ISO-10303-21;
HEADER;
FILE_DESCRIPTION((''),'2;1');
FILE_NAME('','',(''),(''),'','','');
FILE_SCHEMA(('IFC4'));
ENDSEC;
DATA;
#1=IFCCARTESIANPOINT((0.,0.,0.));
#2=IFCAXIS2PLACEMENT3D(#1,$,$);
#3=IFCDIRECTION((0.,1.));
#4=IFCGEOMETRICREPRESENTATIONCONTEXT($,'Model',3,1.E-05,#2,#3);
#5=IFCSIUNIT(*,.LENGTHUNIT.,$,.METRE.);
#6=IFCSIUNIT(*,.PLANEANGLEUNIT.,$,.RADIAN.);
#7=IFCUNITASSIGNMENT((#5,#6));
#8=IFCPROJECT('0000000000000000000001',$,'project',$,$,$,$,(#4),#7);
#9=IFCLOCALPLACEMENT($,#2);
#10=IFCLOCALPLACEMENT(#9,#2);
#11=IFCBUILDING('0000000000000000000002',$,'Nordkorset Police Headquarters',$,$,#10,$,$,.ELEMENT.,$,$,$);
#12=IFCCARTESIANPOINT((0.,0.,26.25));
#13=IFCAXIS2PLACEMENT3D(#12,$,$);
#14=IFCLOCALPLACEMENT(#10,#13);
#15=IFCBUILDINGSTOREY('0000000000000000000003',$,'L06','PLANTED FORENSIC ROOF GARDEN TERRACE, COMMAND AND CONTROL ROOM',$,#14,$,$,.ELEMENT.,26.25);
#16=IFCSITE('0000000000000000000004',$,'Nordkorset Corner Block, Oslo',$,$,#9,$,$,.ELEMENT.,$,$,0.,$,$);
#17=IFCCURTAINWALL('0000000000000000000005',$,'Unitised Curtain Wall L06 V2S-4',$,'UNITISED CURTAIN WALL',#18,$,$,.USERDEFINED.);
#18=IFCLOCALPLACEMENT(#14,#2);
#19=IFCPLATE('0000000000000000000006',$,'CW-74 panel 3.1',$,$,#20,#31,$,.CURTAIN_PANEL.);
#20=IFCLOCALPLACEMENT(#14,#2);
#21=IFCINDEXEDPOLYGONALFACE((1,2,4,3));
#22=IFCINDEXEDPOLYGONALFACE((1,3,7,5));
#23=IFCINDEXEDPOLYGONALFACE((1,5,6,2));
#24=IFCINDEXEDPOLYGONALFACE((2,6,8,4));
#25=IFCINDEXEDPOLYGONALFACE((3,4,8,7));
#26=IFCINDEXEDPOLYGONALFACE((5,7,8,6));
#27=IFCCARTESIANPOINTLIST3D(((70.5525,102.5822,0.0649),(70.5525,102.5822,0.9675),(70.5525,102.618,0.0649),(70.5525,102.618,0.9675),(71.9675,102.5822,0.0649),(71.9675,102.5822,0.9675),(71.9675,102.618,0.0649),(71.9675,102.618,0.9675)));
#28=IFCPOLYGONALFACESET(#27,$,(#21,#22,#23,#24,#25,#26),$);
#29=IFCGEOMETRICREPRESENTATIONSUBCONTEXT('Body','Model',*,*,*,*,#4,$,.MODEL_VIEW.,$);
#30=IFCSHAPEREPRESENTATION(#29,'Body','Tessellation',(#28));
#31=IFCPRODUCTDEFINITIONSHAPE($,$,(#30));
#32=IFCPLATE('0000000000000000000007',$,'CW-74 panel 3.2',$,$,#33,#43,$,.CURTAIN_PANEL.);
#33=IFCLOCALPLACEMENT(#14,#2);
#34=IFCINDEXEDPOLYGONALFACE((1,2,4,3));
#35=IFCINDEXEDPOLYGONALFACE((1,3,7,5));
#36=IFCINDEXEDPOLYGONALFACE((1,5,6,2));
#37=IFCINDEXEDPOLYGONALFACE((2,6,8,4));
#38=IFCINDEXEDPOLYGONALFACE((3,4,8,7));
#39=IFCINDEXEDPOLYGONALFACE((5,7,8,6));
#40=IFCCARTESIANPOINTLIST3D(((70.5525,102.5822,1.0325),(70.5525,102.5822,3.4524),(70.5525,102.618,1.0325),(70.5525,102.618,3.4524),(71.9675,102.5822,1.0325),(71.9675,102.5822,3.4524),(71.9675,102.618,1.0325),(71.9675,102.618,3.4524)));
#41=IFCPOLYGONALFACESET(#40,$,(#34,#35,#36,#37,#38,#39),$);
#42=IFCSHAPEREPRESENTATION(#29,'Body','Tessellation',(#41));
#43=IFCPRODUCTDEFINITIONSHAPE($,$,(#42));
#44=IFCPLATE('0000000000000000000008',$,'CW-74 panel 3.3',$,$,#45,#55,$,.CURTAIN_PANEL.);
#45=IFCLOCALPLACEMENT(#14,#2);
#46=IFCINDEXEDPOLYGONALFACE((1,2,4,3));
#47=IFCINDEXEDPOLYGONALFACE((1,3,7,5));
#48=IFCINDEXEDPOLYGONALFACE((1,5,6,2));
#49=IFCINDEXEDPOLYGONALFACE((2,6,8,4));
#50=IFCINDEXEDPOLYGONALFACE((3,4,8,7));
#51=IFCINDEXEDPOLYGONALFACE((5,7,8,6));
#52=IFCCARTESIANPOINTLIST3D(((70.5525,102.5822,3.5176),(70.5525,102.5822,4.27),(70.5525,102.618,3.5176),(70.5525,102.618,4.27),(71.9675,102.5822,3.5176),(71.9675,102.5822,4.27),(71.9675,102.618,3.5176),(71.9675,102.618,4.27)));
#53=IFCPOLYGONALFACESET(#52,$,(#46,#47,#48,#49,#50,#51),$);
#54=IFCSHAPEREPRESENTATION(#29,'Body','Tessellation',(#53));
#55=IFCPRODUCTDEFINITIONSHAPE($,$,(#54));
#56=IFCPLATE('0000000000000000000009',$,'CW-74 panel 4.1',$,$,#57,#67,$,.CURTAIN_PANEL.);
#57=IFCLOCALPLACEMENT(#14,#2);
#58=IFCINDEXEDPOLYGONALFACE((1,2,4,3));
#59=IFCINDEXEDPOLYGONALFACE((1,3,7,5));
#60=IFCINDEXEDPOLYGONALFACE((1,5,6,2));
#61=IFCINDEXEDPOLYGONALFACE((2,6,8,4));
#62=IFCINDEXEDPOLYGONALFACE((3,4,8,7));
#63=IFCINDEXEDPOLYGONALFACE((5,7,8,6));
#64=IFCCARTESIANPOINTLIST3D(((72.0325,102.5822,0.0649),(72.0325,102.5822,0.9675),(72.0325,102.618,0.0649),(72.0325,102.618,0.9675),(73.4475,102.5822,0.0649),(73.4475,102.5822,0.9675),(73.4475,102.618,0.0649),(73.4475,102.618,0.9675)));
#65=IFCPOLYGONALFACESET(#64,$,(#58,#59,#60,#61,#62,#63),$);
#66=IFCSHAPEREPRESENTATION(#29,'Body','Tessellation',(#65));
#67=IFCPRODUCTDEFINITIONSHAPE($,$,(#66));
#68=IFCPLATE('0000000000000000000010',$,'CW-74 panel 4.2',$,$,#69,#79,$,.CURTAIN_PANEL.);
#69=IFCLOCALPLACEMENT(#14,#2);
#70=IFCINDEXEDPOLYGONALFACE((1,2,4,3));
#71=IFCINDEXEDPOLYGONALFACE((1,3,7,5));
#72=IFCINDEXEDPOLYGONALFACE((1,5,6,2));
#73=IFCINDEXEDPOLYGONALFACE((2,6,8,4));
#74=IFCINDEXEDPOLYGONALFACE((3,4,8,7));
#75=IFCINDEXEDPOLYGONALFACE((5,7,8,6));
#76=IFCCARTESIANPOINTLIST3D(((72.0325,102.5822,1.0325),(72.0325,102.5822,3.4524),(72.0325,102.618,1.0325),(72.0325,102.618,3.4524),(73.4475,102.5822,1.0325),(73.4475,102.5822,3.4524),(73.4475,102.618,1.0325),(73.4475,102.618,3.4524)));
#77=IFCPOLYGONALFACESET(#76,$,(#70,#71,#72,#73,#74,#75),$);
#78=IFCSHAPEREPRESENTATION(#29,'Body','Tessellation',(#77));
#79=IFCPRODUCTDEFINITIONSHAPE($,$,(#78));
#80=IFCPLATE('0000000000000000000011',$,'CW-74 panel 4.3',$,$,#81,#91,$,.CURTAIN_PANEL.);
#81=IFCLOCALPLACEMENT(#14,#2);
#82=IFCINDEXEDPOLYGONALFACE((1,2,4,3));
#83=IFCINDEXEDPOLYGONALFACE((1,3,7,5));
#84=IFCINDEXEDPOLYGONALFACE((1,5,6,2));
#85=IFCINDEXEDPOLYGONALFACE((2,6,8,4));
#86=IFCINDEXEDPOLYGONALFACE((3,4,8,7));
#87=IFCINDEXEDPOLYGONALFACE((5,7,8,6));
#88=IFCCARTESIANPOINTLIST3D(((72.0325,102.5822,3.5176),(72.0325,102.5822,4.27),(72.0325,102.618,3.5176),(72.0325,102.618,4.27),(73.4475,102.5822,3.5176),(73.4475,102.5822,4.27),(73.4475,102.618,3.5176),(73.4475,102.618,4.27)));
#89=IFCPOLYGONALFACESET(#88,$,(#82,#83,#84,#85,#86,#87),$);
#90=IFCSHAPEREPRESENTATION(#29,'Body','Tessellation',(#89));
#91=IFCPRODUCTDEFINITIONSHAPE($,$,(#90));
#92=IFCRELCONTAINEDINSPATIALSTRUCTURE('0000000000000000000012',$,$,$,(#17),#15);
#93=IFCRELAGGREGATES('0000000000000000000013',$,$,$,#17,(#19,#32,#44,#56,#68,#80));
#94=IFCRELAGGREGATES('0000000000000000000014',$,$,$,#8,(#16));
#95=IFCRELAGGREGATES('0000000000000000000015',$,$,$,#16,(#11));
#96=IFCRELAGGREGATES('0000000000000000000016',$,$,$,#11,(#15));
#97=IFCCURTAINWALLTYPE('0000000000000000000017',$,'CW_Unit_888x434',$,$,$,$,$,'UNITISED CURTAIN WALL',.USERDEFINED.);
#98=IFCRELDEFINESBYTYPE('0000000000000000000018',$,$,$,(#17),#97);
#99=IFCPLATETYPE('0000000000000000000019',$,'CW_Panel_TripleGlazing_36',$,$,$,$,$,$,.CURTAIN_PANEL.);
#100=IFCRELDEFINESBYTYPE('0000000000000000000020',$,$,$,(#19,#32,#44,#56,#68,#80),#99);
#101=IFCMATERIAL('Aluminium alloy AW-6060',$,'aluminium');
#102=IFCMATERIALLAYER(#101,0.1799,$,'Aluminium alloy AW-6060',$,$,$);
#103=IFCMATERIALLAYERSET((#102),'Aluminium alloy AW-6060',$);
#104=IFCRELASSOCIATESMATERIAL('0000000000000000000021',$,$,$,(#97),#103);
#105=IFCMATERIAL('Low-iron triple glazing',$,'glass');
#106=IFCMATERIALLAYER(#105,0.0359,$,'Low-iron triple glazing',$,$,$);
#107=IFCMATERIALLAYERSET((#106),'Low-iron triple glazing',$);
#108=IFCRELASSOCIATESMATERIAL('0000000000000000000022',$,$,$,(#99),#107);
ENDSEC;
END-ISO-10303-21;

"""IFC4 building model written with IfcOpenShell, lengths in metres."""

from ifc_helpers import new_model, si_unit, direction, frame, origin, origin_2d, place, context, subcontext, project, spatial, rectangle, extrude, material, layer, layer_set, type_object, element, aggregate, save


model = new_model("IFC4")

# Units and contexts
model_context = context("Model", 3, precision=1e-05, world=origin(), true_north=direction((0.0, 1.0)))
body_context = subcontext(model_context, "Body", "Model", "MODEL_VIEW")
ifc_project = project(units=[si_unit("LENGTHUNIT", "METRE"), si_unit("PLANEANGLEUNIT", "RADIAN")], contexts=[model_context])

# Site, building, storey
site_placement = place(None, origin())
site = spatial("IfcSite", under=ifc_project, at=site_placement, Name="Nordkorset Corner Block, Oslo", CompositionType="ELEMENT", RefElevation=0.0)
building_placement = place(site_placement, origin())
building = spatial("IfcBuilding", under=site, at=building_placement, Name="Nordkorset Police Headquarters", CompositionType="ELEMENT")
storey_placement = place(building_placement, frame((0.0, 0.0, 26.25)))
storey = spatial("IfcBuildingStorey", under=building, at=storey_placement, Name="L06", Description="PLANTED FORENSIC ROOF GARDEN TERRACE, COMMAND AND CONTROL ROOM", CompositionType="ELEMENT", Elevation=26.25)

# Curtain wall, plates
ifc_material_1 = material(Name="Aluminium alloy AW-6060", Category="aluminium")
ifc_layer_1 = layer(ifc_material_1, 0.1799, Name="Aluminium alloy AW-6060")
ifc_layer_set_1 = layer_set([ifc_layer_1], Name="Aluminium alloy AW-6060")
curtain_wall_type = type_object("IfcCurtainWallType", Name="CW_Unit_888x434", ElementType="UNITISED CURTAIN WALL", PredefinedType="USERDEFINED", material=ifc_layer_set_1)
curtain_wall_placement = place(storey_placement, origin())
curtain_wall = element("IfcCurtainWall", 1, at=curtain_wall_placement, inside=storey, type_object=curtain_wall_type, Name="Unitised Curtain Wall L06 V2S-4", ObjectType="UNITISED CURTAIN WALL", PredefinedType="USERDEFINED")
ifc_material_2 = material(Name="Low-iron triple glazing", Category="glass")
ifc_layer_2 = layer(ifc_material_2, 0.0359, Name="Low-iron triple glazing")
ifc_layer_set_2 = layer_set([ifc_layer_2], Name="Low-iron triple glazing")
plate_type = type_object("IfcPlateType", Name="CW_Panel_TripleGlazing_36", PredefinedType="CURTAIN_PANEL", material=ifc_layer_set_2)
plate_1_placement = place(storey_placement, frame((71.26, 102.6001, 0.0649), z_axis=(0.0, 0.0, 1.0), x_axis=(1.0, 0.0, 0.0)))
plate_1 = element("IfcPlate", 2, at=plate_1_placement, type_object=plate_type, Name="CW-74 panel 3.1", PredefinedType="CURTAIN_PANEL", context=body_context, shape_type="SweptSolid", body=[
    extrude(rectangle(XDim=1.415, YDim=0.0359, at=origin_2d()), origin(), (0.0, 0.0, 1.0), 0.9026),
])
plate_2_placement = place(storey_placement, frame((71.26, 102.6001, 1.0325), z_axis=(0.0, 0.0, 1.0), x_axis=(1.0, 0.0, 0.0)))
plate_2 = element("IfcPlate", 3, at=plate_2_placement, type_object=plate_type, Name="CW-74 panel 3.2", PredefinedType="CURTAIN_PANEL", context=body_context, shape_type="SweptSolid", body=[
    extrude(rectangle(XDim=1.415, YDim=0.0359, at=origin_2d()), origin(), (0.0, 0.0, 1.0), 2.4199),
])
plate_3_placement = place(storey_placement, frame((71.26, 102.6001, 3.5176), z_axis=(0.0, 0.0, 1.0), x_axis=(1.0, 0.0, 0.0)))
plate_3 = element("IfcPlate", 4, at=plate_3_placement, type_object=plate_type, Name="CW-74 panel 3.3", PredefinedType="CURTAIN_PANEL", context=body_context, shape_type="SweptSolid", body=[
    extrude(rectangle(XDim=1.415, YDim=0.0359, at=origin_2d()), origin(), (0.0, 0.0, 1.0), 0.7524),
])
plate_4_placement = place(storey_placement, frame((72.74, 102.6001, 0.0649), z_axis=(0.0, 0.0, 1.0), x_axis=(1.0, 0.0, 0.0)))
plate_4 = element("IfcPlate", 5, at=plate_4_placement, type_object=plate_type, Name="CW-74 panel 4.1", PredefinedType="CURTAIN_PANEL", context=body_context, shape_type="SweptSolid", body=[
    extrude(rectangle(XDim=1.415, YDim=0.0359, at=origin_2d()), origin(), (0.0, 0.0, 1.0), 0.9026),
])
plate_5_placement = place(storey_placement, frame((72.74, 102.6001, 1.0325), z_axis=(0.0, 0.0, 1.0), x_axis=(1.0, 0.0, 0.0)))
plate_5 = element("IfcPlate", 6, at=plate_5_placement, type_object=plate_type, Name="CW-74 panel 4.2", PredefinedType="CURTAIN_PANEL", context=body_context, shape_type="SweptSolid", body=[
    extrude(rectangle(XDim=1.415, YDim=0.0359, at=origin_2d()), origin(), (0.0, 0.0, 1.0), 2.4199),
])
plate_6_placement = place(storey_placement, frame((72.74, 102.6001, 3.5176), z_axis=(0.0, 0.0, 1.0), x_axis=(1.0, 0.0, 0.0)))
plate_6 = element("IfcPlate", 7, at=plate_6_placement, type_object=plate_type, Name="CW-74 panel 4.3", PredefinedType="CURTAIN_PANEL", context=body_context, shape_type="SweptSolid", body=[
    extrude(rectangle(XDim=1.415, YDim=0.0359, at=origin_2d()), origin(), (0.0, 0.0, 1.0), 0.7524),
])
aggregate(curtain_wall, [plate_1, plate_2, plate_3, plate_4, plate_5, plate_6])

save(model, "model.ifc")
